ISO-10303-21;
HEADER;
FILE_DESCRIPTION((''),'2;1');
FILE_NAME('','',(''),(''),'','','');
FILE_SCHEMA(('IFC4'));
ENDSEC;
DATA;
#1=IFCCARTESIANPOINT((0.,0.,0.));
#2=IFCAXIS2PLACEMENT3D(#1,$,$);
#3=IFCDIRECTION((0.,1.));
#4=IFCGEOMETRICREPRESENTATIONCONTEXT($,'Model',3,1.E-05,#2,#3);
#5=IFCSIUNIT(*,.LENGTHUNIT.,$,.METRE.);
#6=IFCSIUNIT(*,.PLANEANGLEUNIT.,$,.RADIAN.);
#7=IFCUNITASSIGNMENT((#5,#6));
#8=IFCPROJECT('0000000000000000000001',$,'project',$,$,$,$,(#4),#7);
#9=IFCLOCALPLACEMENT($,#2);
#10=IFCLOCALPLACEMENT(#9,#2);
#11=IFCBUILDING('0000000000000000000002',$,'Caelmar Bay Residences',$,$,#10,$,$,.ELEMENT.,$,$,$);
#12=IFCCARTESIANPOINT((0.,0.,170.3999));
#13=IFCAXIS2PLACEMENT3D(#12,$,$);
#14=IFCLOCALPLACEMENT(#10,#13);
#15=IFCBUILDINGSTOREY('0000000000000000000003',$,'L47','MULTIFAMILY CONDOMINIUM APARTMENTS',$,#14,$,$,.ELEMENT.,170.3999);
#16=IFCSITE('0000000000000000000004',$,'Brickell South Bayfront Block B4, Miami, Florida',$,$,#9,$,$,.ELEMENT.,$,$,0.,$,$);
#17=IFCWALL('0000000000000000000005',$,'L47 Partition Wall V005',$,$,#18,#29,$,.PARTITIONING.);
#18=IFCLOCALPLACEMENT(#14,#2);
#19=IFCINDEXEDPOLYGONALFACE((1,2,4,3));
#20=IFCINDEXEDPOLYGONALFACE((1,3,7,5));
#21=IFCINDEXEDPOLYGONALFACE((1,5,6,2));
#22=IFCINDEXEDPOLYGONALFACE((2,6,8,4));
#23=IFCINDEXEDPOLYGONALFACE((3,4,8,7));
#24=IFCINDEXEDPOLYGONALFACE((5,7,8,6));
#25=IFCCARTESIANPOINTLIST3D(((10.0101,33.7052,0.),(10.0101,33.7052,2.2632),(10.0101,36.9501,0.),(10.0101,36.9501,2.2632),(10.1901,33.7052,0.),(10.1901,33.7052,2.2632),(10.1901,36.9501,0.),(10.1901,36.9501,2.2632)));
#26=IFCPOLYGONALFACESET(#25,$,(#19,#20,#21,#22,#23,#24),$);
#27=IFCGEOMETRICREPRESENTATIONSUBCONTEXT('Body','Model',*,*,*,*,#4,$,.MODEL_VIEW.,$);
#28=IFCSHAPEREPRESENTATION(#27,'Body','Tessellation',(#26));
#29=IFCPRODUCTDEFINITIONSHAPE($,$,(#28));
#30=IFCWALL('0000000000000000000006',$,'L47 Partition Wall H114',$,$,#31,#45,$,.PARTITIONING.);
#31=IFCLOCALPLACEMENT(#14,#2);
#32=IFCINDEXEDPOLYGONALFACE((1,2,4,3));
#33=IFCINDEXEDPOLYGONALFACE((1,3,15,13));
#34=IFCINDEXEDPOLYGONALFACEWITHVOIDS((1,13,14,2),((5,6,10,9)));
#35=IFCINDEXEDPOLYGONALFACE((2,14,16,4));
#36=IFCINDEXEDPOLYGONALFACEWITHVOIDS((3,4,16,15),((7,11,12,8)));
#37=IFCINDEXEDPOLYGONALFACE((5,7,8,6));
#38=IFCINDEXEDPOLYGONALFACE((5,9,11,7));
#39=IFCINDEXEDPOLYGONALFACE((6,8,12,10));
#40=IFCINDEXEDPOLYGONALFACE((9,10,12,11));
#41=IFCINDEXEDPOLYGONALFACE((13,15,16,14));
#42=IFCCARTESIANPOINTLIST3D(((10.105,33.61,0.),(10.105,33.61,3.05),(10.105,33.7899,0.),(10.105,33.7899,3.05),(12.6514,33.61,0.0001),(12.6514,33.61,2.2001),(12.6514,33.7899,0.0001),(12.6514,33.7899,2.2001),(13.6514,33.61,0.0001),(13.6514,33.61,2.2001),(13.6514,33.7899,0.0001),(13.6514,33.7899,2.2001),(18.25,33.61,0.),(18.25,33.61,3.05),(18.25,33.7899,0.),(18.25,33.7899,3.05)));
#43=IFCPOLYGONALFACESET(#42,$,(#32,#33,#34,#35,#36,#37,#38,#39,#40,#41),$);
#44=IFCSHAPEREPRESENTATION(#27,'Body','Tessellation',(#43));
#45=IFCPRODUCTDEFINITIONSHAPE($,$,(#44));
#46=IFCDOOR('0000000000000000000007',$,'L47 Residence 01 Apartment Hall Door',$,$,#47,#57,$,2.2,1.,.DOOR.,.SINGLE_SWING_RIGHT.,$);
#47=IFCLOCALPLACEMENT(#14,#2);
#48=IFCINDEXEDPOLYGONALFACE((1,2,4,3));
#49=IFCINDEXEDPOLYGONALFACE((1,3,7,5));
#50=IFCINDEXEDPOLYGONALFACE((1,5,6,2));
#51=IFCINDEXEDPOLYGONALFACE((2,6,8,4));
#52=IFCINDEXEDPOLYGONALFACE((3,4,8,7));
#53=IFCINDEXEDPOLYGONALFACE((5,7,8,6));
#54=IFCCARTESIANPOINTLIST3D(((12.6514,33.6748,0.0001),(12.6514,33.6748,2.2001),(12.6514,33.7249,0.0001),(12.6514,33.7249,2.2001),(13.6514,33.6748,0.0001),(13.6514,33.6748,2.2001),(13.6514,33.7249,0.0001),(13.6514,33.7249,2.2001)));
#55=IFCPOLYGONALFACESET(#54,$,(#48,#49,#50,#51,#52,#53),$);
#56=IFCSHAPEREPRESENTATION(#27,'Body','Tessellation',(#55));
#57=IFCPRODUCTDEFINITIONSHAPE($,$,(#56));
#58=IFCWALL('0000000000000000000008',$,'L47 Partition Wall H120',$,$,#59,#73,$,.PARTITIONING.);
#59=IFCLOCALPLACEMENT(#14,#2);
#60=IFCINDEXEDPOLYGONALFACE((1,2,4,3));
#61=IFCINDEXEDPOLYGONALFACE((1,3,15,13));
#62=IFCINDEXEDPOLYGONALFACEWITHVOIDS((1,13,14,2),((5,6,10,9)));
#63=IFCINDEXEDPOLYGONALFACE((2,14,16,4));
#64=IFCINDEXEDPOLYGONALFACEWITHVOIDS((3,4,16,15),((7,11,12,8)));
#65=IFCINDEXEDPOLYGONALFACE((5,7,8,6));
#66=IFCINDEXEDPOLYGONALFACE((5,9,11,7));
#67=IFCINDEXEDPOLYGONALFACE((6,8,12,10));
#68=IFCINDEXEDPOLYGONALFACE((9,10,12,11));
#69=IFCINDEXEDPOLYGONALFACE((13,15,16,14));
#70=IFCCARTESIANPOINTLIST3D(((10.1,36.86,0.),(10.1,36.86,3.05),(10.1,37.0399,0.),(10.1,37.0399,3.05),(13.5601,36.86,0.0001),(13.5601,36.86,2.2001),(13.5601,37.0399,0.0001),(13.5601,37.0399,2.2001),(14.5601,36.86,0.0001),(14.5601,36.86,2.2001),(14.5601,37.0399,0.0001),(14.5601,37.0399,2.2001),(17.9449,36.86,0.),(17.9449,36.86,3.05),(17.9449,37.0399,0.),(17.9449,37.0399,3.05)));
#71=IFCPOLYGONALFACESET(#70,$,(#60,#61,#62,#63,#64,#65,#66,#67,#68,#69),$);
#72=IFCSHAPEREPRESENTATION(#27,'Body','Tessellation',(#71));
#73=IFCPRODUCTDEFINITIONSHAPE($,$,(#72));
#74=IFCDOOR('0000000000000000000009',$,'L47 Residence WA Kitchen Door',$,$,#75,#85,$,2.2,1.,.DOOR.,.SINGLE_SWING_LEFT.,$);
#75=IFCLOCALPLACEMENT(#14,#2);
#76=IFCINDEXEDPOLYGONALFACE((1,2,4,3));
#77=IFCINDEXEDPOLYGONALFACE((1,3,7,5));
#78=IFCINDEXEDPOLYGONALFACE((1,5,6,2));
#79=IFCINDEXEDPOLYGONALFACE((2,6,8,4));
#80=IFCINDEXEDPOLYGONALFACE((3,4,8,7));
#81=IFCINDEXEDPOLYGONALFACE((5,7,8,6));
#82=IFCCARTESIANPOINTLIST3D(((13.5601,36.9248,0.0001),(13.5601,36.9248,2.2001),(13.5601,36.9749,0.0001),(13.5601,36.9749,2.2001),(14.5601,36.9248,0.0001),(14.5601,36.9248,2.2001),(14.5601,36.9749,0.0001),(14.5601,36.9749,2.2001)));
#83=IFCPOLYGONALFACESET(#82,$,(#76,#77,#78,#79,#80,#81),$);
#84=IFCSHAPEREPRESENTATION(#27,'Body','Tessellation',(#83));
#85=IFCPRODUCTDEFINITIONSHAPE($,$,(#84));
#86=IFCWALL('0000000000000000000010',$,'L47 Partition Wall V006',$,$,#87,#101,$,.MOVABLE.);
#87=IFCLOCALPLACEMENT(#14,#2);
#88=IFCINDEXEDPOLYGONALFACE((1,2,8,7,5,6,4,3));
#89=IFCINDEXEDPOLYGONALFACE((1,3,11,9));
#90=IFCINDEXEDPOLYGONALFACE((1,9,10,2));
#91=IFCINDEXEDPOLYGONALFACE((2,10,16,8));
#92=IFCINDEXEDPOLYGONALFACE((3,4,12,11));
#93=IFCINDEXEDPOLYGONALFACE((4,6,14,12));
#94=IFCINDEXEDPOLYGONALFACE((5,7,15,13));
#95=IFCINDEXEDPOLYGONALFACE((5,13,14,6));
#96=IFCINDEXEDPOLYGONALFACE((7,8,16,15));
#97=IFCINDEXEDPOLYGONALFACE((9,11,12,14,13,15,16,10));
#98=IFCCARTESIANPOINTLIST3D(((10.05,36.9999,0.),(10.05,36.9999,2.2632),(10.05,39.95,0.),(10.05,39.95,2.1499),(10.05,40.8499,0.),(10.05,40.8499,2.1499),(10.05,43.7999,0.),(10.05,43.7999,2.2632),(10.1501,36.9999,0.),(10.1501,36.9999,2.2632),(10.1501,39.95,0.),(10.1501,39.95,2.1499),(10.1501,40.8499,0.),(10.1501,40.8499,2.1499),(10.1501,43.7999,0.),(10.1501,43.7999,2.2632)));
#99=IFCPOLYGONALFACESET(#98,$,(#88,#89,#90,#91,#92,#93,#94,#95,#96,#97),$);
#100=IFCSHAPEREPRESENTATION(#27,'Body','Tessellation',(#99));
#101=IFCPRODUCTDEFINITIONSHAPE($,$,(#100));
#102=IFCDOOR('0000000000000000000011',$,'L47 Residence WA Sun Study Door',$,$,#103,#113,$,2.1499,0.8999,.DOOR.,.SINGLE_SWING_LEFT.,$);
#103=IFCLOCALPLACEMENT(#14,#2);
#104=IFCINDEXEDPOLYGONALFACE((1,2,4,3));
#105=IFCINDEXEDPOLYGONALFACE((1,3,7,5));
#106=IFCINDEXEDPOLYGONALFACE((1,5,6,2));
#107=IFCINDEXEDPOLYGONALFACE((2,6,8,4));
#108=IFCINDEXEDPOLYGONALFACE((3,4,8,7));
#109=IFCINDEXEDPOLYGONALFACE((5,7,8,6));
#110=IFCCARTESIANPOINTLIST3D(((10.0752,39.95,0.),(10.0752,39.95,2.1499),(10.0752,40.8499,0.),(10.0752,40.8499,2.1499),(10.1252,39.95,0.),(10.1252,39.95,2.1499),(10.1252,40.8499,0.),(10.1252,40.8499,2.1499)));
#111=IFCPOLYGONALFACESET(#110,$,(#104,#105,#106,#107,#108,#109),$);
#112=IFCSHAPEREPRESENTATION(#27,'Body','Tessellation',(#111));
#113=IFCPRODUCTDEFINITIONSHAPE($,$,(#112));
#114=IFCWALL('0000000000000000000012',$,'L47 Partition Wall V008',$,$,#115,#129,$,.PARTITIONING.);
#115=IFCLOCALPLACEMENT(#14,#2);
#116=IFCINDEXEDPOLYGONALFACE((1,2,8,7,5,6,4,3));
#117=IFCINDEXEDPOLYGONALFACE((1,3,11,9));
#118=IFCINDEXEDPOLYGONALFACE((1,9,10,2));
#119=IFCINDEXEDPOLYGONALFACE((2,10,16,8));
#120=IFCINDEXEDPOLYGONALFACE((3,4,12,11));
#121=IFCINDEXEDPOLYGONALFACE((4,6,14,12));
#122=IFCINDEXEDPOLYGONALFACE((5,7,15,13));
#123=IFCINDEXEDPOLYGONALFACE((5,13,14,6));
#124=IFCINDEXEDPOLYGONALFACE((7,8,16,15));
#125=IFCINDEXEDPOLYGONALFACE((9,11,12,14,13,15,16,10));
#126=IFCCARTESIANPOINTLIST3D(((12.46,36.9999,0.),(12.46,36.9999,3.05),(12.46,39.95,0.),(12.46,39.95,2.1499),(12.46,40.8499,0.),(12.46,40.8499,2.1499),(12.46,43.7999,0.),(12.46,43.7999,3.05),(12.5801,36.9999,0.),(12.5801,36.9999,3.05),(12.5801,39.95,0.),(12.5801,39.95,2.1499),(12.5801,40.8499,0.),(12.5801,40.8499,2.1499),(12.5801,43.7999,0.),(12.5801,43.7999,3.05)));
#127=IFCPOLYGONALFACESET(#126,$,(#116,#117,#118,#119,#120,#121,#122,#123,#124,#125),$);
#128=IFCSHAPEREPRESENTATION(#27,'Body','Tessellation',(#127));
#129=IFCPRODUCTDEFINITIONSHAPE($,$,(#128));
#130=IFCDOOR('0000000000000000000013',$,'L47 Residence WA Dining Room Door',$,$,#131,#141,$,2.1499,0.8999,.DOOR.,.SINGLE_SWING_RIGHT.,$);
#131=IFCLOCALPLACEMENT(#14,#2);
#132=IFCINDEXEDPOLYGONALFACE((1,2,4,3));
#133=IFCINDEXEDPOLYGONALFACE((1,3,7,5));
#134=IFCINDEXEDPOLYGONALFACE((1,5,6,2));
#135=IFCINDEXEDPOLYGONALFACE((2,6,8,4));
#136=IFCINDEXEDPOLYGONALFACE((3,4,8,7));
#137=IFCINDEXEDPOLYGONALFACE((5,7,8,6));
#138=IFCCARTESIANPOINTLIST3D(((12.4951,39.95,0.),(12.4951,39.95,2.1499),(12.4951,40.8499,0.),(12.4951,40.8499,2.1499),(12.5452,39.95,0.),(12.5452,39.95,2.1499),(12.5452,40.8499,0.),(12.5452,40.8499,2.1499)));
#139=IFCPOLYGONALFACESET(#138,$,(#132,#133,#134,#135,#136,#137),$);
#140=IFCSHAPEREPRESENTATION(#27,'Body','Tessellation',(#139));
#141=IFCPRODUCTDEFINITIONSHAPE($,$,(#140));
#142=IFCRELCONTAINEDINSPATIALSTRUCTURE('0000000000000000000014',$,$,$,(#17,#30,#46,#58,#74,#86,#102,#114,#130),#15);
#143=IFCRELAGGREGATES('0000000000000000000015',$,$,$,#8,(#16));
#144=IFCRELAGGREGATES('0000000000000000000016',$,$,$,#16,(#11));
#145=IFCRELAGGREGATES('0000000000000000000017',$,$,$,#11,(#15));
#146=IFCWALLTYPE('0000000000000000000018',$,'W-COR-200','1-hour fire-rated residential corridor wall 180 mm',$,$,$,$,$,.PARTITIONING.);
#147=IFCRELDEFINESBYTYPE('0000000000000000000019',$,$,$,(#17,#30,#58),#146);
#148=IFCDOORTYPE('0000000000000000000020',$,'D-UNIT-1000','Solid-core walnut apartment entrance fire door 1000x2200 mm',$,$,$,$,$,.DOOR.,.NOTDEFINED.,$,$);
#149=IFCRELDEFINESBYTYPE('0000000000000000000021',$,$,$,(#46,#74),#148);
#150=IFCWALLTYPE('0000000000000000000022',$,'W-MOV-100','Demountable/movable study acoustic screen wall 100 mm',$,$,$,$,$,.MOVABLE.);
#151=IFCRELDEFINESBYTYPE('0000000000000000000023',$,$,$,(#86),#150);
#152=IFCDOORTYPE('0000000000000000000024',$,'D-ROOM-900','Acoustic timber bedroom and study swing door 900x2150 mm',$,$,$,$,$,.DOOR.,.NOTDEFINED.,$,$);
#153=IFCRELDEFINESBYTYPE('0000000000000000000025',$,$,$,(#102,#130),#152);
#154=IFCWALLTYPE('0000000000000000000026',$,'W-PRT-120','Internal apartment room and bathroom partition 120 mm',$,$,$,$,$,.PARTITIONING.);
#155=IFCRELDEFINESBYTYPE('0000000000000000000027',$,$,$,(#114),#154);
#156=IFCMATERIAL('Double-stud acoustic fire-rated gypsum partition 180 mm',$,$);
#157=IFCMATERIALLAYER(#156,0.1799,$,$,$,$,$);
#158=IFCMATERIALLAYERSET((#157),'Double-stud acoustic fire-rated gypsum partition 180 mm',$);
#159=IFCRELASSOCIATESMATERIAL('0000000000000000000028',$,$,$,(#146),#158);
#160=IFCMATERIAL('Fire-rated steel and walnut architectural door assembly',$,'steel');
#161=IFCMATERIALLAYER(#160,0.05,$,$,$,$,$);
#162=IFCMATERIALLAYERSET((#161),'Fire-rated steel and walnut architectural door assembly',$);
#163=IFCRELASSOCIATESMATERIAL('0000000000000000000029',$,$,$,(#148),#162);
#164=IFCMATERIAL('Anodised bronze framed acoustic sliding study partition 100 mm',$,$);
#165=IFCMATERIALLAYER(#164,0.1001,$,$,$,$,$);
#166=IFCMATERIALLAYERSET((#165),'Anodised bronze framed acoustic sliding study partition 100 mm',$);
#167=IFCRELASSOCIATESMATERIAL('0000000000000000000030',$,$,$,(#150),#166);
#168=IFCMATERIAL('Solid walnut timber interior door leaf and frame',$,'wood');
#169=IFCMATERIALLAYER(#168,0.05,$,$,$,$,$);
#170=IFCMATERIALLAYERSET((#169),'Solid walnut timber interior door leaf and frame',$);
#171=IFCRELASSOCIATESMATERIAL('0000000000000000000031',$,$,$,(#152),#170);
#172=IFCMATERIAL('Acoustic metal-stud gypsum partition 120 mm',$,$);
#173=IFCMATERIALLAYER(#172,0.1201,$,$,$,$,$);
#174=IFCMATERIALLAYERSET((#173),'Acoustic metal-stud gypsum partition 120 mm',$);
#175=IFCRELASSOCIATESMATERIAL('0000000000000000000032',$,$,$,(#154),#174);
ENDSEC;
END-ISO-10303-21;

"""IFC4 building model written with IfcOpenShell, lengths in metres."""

from ifc_helpers import new_model, si_unit, direction, frame, frame_2d, origin, place, context, subcontext, project, spatial, rectangle, extrude, material, layer, layer_set, type_object, element, fill, save


model = new_model("IFC4")

# Units and contexts
model_context = context("Model", 3, precision=1e-05, world=origin(), true_north=direction((0.0, 1.0)))
body_context = subcontext(model_context, "Body", "Model", "MODEL_VIEW")
ifc_project = project(units=[si_unit("LENGTHUNIT", "METRE"), si_unit("PLANEANGLEUNIT", "RADIAN")], contexts=[model_context])

# Site, building, storey
site_placement = place(None, origin())
site = spatial("IfcSite", under=ifc_project, at=site_placement, Name="Brickell South Bayfront Block B4, Miami, Florida", CompositionType="ELEMENT", RefElevation=0.0)
building_placement = place(site_placement, origin())
building = spatial("IfcBuilding", under=site, at=building_placement, Name="Caelmar Bay Residences", CompositionType="ELEMENT")
storey_placement = place(building_placement, frame((0.0, 0.0, 170.3999)))
storey = spatial("IfcBuildingStorey", under=building, at=storey_placement, Name="L47", Description="MULTIFAMILY CONDOMINIUM APARTMENTS", CompositionType="ELEMENT", Elevation=170.3999)

# Shared definitions
ifc_material_1 = material(Name="Fire-rated steel and walnut architectural door assembly", Category="steel")

# Wall
ifc_material_2 = material(Name="Double-stud acoustic fire-rated gypsum partition 180 mm")
ifc_layer_1 = layer(ifc_material_2, 0.1799)
ifc_layer_set_1 = layer_set([ifc_layer_1], Name="Double-stud acoustic fire-rated gypsum partition 180 mm")
wall_type_1 = type_object("IfcWallType", Name="W-COR-200", Description="1-hour fire-rated residential corridor wall 180 mm", PredefinedType="PARTITIONING", material=ifc_layer_set_1)
wall_1_placement = place(storey_placement, frame((10.1001, 33.7051, 0.0), z_axis=(0.0, 0.0, 1.0), x_axis=(0.0, 1.0, 0.0)))
element("IfcWall", 1, at=wall_1_placement, inside=storey, type_object=wall_type_1, Name="L47 Partition Wall V005", PredefinedType="PARTITIONING", context=body_context, shape_type="SweptSolid", body=[
    extrude(rectangle(XDim=3.2449, YDim=0.1799, at=frame_2d((1.6226, 0.0))), origin(), (0.0, 0.0, 1.0), 2.2632),
])

# Walls, openings, doors
wall_2_placement = place(storey_placement, frame((10.105, 33.7, 0.0), z_axis=(0.0, 0.0, 1.0), x_axis=(1.0, 0.0, 0.0)))
wall_2 = element("IfcWall", 2, at=wall_2_placement, inside=storey, type_object=wall_type_1, Name="L47 Partition Wall H114", PredefinedType="PARTITIONING", context=body_context, shape_type="SweptSolid", body=[
    extrude(rectangle(XDim=8.145, YDim=0.1799, at=frame_2d((4.0725, 0.0))), origin(), (0.0, 0.0, 1.0), 3.05),
])
opening_1_placement = place(wall_2_placement, frame((2.5464, 0.0, 0.0)))
opening_1 = element("IfcOpeningElement", 3, at=opening_1_placement, cuts=wall_2, PredefinedType="OPENING", context=body_context, shape_type="SweptSolid", body=[
    extrude(rectangle(XDim=1.0, YDim=2.2, at=frame_2d((0.5, 1.1001))), frame((0.0, 0.0999, 0.0), z_axis=(0.0, -1.0, 0.0), x_axis=(1.0, 0.0, 0.0)), (0.0, 0.0, 1.0), 0.2),
])
ifc_layer_2 = layer(ifc_material_1, 0.05)
ifc_layer_set_2 = layer_set([ifc_layer_2], Name="Fire-rated steel and walnut architectural door assembly")
door_type_1 = type_object("IfcDoorType", Name="D-UNIT-1000", Description="Solid-core walnut apartment entrance fire door 1000x2200 mm", OperationType="NOTDEFINED", PredefinedType="DOOR", material=ifc_layer_set_2)
door_1_placement = place(opening_1_placement, origin())
door_1 = element("IfcDoor", 4, at=door_1_placement, inside=storey, type_object=door_type_1, Name="L47 Residence 01 Apartment Hall Door", OperationType="SINGLE_SWING_RIGHT", OverallHeight=2.2, OverallWidth=1.0, PredefinedType="DOOR", context=body_context, shape_type="SweptSolid", body=[
    extrude(rectangle(XDim=1.0, YDim=2.2, at=frame_2d((0.5, 1.1001))), frame((0.0, 0.0249, 0.0), z_axis=(0.0, -1.0, 0.0), x_axis=(1.0, 0.0, 0.0)), (0.0, 0.0, 1.0), 0.05),
])
fill(opening_1, door_1)
wall_3_placement = place(storey_placement, frame((10.1001, 36.95, 0.0), z_axis=(0.0, 0.0, 1.0), x_axis=(1.0, 0.0, 0.0)))
wall_3 = element("IfcWall", 5, at=wall_3_placement, inside=storey, type_object=wall_type_1, Name="L47 Partition Wall H120", PredefinedType="PARTITIONING", context=body_context, shape_type="SweptSolid", body=[
    extrude(rectangle(XDim=7.845, YDim=0.1799, at=frame_2d((3.9224, 0.0))), origin(), (0.0, 0.0, 1.0), 3.05),
])
opening_2_placement = place(wall_3_placement, frame((3.46, 0.0, 0.0)))
opening_2 = element("IfcOpeningElement", 6, at=opening_2_placement, cuts=wall_3, PredefinedType="OPENING", context=body_context, shape_type="SweptSolid", body=[
    extrude(rectangle(XDim=1.0, YDim=2.2, at=frame_2d((0.5, 1.1001))), frame((0.0, 0.0999, 0.0), z_axis=(0.0, -1.0, 0.0), x_axis=(1.0, 0.0, 0.0)), (0.0, 0.0, 1.0), 0.2),
])
door_2_placement = place(opening_2_placement, origin())
door_2 = element("IfcDoor", 7, at=door_2_placement, inside=storey, type_object=door_type_1, Name="L47 Residence WA Kitchen Door", OperationType="SINGLE_SWING_LEFT", OverallHeight=2.2, OverallWidth=1.0, PredefinedType="DOOR", context=body_context, shape_type="SweptSolid", body=[
    extrude(rectangle(XDim=1.0, YDim=2.2, at=frame_2d((0.5, 1.1001))), frame((0.0, 0.0249, 0.0), z_axis=(0.0, -1.0, 0.0), x_axis=(1.0, 0.0, 0.0)), (0.0, 0.0, 1.0), 0.05),
])
fill(opening_2, door_2)
ifc_material_3 = material(Name="Anodised bronze framed acoustic sliding study partition 100 mm")
ifc_layer_3 = layer(ifc_material_3, 0.1001)
ifc_layer_set_3 = layer_set([ifc_layer_3], Name="Anodised bronze framed acoustic sliding study partition 100 mm")
wall_type_2 = type_object("IfcWallType", Name="W-MOV-100", Description="Demountable/movable study acoustic screen wall 100 mm", PredefinedType="MOVABLE", material=ifc_layer_set_3)
wall_4_placement = place(storey_placement, frame((10.1001, 37.0, 0.0), z_axis=(0.0, 0.0, 1.0), x_axis=(0.0, 1.0, 0.0)))
wall_4 = element("IfcWall", 8, at=wall_4_placement, inside=storey, type_object=wall_type_2, Name="L47 Partition Wall V006", PredefinedType="MOVABLE", context=body_context, shape_type="SweptSolid", body=[
    extrude(rectangle(XDim=6.8, YDim=0.1001, at=frame_2d((3.3999, 0.0))), origin(), (0.0, 0.0, 1.0), 2.2632),
])
opening_3_placement = place(wall_4_placement, frame((2.95, 0.0, 0.0)))
opening_3 = element("IfcOpeningElement", 9, at=opening_3_placement, cuts=wall_4, PredefinedType="OPENING", context=body_context, shape_type="SweptSolid", body=[
    extrude(rectangle(XDim=0.8999, YDim=2.1499, at=frame_2d((0.45, 1.075))), frame((0.0, 0.0601, 0.0), z_axis=(0.0, -1.0, 0.0), x_axis=(1.0, 0.0, 0.0)), (0.0, 0.0, 1.0), 0.1201),
])
ifc_material_4 = material(Name="Solid walnut timber interior door leaf and frame", Category="wood")
ifc_layer_4 = layer(ifc_material_4, 0.05)
ifc_layer_set_4 = layer_set([ifc_layer_4], Name="Solid walnut timber interior door leaf and frame")
door_type_2 = type_object("IfcDoorType", Name="D-ROOM-900", Description="Acoustic timber bedroom and study swing door 900x2150 mm", OperationType="NOTDEFINED", PredefinedType="DOOR", material=ifc_layer_set_4)
door_3_placement = place(opening_3_placement, origin())
door_3 = element("IfcDoor", 10, at=door_3_placement, inside=storey, type_object=door_type_2, Name="L47 Residence WA Sun Study Door", OperationType="SINGLE_SWING_LEFT", OverallHeight=2.1499, OverallWidth=0.8999, PredefinedType="DOOR", context=body_context, shape_type="SweptSolid", body=[
    extrude(rectangle(XDim=0.8999, YDim=2.1499, at=frame_2d((0.45, 1.075))), frame((0.0, 0.0249, 0.0), z_axis=(0.0, -1.0, 0.0), x_axis=(1.0, 0.0, 0.0)), (0.0, 0.0, 1.0), 0.05),
])
fill(opening_3, door_3)
ifc_material_5 = material(Name="Acoustic metal-stud gypsum partition 120 mm")
ifc_layer_5 = layer(ifc_material_5, 0.1201)
ifc_layer_set_5 = layer_set([ifc_layer_5], Name="Acoustic metal-stud gypsum partition 120 mm")
wall_type_3 = type_object("IfcWallType", Name="W-PRT-120", Description="Internal apartment room and bathroom partition 120 mm", PredefinedType="PARTITIONING", material=ifc_layer_set_5)
wall_5_placement = place(storey_placement, frame((12.52, 37.0, 0.0), z_axis=(0.0, 0.0, 1.0), x_axis=(0.0, 1.0, 0.0)))
wall_5 = element("IfcWall", 11, at=wall_5_placement, inside=storey, type_object=wall_type_3, Name="L47 Partition Wall V008", PredefinedType="PARTITIONING", context=body_context, shape_type="SweptSolid", body=[
    extrude(rectangle(XDim=6.8, YDim=0.1201, at=frame_2d((3.3999, 0.0))), origin(), (0.0, 0.0, 1.0), 3.05),
])
opening_4_placement = place(wall_5_placement, frame((2.95, 0.0, 0.0)))
opening_4 = element("IfcOpeningElement", 12, at=opening_4_placement, cuts=wall_5, PredefinedType="OPENING", context=body_context, shape_type="SweptSolid", body=[
    extrude(rectangle(XDim=0.8999, YDim=2.1499, at=frame_2d((0.45, 1.075))), frame((0.0, 0.0701, 0.0), z_axis=(0.0, -1.0, 0.0), x_axis=(1.0, 0.0, 0.0)), (0.0, 0.0, 1.0), 0.1401),
])
door_4_placement = place(opening_4_placement, origin())
door_4 = element("IfcDoor", 13, at=door_4_placement, inside=storey, type_object=door_type_2, Name="L47 Residence WA Dining Room Door", OperationType="SINGLE_SWING_RIGHT", OverallHeight=2.1499, OverallWidth=0.8999, PredefinedType="DOOR", context=body_context, shape_type="SweptSolid", body=[
    extrude(rectangle(XDim=0.8999, YDim=2.1499, at=frame_2d((0.45, 1.075))), frame((0.0, 0.0249, 0.0), z_axis=(0.0, -1.0, 0.0), x_axis=(1.0, 0.0, 0.0)), (0.0, 0.0, 1.0), 0.05),
])
fill(opening_4, door_4)

save(model, "model.ifc")
